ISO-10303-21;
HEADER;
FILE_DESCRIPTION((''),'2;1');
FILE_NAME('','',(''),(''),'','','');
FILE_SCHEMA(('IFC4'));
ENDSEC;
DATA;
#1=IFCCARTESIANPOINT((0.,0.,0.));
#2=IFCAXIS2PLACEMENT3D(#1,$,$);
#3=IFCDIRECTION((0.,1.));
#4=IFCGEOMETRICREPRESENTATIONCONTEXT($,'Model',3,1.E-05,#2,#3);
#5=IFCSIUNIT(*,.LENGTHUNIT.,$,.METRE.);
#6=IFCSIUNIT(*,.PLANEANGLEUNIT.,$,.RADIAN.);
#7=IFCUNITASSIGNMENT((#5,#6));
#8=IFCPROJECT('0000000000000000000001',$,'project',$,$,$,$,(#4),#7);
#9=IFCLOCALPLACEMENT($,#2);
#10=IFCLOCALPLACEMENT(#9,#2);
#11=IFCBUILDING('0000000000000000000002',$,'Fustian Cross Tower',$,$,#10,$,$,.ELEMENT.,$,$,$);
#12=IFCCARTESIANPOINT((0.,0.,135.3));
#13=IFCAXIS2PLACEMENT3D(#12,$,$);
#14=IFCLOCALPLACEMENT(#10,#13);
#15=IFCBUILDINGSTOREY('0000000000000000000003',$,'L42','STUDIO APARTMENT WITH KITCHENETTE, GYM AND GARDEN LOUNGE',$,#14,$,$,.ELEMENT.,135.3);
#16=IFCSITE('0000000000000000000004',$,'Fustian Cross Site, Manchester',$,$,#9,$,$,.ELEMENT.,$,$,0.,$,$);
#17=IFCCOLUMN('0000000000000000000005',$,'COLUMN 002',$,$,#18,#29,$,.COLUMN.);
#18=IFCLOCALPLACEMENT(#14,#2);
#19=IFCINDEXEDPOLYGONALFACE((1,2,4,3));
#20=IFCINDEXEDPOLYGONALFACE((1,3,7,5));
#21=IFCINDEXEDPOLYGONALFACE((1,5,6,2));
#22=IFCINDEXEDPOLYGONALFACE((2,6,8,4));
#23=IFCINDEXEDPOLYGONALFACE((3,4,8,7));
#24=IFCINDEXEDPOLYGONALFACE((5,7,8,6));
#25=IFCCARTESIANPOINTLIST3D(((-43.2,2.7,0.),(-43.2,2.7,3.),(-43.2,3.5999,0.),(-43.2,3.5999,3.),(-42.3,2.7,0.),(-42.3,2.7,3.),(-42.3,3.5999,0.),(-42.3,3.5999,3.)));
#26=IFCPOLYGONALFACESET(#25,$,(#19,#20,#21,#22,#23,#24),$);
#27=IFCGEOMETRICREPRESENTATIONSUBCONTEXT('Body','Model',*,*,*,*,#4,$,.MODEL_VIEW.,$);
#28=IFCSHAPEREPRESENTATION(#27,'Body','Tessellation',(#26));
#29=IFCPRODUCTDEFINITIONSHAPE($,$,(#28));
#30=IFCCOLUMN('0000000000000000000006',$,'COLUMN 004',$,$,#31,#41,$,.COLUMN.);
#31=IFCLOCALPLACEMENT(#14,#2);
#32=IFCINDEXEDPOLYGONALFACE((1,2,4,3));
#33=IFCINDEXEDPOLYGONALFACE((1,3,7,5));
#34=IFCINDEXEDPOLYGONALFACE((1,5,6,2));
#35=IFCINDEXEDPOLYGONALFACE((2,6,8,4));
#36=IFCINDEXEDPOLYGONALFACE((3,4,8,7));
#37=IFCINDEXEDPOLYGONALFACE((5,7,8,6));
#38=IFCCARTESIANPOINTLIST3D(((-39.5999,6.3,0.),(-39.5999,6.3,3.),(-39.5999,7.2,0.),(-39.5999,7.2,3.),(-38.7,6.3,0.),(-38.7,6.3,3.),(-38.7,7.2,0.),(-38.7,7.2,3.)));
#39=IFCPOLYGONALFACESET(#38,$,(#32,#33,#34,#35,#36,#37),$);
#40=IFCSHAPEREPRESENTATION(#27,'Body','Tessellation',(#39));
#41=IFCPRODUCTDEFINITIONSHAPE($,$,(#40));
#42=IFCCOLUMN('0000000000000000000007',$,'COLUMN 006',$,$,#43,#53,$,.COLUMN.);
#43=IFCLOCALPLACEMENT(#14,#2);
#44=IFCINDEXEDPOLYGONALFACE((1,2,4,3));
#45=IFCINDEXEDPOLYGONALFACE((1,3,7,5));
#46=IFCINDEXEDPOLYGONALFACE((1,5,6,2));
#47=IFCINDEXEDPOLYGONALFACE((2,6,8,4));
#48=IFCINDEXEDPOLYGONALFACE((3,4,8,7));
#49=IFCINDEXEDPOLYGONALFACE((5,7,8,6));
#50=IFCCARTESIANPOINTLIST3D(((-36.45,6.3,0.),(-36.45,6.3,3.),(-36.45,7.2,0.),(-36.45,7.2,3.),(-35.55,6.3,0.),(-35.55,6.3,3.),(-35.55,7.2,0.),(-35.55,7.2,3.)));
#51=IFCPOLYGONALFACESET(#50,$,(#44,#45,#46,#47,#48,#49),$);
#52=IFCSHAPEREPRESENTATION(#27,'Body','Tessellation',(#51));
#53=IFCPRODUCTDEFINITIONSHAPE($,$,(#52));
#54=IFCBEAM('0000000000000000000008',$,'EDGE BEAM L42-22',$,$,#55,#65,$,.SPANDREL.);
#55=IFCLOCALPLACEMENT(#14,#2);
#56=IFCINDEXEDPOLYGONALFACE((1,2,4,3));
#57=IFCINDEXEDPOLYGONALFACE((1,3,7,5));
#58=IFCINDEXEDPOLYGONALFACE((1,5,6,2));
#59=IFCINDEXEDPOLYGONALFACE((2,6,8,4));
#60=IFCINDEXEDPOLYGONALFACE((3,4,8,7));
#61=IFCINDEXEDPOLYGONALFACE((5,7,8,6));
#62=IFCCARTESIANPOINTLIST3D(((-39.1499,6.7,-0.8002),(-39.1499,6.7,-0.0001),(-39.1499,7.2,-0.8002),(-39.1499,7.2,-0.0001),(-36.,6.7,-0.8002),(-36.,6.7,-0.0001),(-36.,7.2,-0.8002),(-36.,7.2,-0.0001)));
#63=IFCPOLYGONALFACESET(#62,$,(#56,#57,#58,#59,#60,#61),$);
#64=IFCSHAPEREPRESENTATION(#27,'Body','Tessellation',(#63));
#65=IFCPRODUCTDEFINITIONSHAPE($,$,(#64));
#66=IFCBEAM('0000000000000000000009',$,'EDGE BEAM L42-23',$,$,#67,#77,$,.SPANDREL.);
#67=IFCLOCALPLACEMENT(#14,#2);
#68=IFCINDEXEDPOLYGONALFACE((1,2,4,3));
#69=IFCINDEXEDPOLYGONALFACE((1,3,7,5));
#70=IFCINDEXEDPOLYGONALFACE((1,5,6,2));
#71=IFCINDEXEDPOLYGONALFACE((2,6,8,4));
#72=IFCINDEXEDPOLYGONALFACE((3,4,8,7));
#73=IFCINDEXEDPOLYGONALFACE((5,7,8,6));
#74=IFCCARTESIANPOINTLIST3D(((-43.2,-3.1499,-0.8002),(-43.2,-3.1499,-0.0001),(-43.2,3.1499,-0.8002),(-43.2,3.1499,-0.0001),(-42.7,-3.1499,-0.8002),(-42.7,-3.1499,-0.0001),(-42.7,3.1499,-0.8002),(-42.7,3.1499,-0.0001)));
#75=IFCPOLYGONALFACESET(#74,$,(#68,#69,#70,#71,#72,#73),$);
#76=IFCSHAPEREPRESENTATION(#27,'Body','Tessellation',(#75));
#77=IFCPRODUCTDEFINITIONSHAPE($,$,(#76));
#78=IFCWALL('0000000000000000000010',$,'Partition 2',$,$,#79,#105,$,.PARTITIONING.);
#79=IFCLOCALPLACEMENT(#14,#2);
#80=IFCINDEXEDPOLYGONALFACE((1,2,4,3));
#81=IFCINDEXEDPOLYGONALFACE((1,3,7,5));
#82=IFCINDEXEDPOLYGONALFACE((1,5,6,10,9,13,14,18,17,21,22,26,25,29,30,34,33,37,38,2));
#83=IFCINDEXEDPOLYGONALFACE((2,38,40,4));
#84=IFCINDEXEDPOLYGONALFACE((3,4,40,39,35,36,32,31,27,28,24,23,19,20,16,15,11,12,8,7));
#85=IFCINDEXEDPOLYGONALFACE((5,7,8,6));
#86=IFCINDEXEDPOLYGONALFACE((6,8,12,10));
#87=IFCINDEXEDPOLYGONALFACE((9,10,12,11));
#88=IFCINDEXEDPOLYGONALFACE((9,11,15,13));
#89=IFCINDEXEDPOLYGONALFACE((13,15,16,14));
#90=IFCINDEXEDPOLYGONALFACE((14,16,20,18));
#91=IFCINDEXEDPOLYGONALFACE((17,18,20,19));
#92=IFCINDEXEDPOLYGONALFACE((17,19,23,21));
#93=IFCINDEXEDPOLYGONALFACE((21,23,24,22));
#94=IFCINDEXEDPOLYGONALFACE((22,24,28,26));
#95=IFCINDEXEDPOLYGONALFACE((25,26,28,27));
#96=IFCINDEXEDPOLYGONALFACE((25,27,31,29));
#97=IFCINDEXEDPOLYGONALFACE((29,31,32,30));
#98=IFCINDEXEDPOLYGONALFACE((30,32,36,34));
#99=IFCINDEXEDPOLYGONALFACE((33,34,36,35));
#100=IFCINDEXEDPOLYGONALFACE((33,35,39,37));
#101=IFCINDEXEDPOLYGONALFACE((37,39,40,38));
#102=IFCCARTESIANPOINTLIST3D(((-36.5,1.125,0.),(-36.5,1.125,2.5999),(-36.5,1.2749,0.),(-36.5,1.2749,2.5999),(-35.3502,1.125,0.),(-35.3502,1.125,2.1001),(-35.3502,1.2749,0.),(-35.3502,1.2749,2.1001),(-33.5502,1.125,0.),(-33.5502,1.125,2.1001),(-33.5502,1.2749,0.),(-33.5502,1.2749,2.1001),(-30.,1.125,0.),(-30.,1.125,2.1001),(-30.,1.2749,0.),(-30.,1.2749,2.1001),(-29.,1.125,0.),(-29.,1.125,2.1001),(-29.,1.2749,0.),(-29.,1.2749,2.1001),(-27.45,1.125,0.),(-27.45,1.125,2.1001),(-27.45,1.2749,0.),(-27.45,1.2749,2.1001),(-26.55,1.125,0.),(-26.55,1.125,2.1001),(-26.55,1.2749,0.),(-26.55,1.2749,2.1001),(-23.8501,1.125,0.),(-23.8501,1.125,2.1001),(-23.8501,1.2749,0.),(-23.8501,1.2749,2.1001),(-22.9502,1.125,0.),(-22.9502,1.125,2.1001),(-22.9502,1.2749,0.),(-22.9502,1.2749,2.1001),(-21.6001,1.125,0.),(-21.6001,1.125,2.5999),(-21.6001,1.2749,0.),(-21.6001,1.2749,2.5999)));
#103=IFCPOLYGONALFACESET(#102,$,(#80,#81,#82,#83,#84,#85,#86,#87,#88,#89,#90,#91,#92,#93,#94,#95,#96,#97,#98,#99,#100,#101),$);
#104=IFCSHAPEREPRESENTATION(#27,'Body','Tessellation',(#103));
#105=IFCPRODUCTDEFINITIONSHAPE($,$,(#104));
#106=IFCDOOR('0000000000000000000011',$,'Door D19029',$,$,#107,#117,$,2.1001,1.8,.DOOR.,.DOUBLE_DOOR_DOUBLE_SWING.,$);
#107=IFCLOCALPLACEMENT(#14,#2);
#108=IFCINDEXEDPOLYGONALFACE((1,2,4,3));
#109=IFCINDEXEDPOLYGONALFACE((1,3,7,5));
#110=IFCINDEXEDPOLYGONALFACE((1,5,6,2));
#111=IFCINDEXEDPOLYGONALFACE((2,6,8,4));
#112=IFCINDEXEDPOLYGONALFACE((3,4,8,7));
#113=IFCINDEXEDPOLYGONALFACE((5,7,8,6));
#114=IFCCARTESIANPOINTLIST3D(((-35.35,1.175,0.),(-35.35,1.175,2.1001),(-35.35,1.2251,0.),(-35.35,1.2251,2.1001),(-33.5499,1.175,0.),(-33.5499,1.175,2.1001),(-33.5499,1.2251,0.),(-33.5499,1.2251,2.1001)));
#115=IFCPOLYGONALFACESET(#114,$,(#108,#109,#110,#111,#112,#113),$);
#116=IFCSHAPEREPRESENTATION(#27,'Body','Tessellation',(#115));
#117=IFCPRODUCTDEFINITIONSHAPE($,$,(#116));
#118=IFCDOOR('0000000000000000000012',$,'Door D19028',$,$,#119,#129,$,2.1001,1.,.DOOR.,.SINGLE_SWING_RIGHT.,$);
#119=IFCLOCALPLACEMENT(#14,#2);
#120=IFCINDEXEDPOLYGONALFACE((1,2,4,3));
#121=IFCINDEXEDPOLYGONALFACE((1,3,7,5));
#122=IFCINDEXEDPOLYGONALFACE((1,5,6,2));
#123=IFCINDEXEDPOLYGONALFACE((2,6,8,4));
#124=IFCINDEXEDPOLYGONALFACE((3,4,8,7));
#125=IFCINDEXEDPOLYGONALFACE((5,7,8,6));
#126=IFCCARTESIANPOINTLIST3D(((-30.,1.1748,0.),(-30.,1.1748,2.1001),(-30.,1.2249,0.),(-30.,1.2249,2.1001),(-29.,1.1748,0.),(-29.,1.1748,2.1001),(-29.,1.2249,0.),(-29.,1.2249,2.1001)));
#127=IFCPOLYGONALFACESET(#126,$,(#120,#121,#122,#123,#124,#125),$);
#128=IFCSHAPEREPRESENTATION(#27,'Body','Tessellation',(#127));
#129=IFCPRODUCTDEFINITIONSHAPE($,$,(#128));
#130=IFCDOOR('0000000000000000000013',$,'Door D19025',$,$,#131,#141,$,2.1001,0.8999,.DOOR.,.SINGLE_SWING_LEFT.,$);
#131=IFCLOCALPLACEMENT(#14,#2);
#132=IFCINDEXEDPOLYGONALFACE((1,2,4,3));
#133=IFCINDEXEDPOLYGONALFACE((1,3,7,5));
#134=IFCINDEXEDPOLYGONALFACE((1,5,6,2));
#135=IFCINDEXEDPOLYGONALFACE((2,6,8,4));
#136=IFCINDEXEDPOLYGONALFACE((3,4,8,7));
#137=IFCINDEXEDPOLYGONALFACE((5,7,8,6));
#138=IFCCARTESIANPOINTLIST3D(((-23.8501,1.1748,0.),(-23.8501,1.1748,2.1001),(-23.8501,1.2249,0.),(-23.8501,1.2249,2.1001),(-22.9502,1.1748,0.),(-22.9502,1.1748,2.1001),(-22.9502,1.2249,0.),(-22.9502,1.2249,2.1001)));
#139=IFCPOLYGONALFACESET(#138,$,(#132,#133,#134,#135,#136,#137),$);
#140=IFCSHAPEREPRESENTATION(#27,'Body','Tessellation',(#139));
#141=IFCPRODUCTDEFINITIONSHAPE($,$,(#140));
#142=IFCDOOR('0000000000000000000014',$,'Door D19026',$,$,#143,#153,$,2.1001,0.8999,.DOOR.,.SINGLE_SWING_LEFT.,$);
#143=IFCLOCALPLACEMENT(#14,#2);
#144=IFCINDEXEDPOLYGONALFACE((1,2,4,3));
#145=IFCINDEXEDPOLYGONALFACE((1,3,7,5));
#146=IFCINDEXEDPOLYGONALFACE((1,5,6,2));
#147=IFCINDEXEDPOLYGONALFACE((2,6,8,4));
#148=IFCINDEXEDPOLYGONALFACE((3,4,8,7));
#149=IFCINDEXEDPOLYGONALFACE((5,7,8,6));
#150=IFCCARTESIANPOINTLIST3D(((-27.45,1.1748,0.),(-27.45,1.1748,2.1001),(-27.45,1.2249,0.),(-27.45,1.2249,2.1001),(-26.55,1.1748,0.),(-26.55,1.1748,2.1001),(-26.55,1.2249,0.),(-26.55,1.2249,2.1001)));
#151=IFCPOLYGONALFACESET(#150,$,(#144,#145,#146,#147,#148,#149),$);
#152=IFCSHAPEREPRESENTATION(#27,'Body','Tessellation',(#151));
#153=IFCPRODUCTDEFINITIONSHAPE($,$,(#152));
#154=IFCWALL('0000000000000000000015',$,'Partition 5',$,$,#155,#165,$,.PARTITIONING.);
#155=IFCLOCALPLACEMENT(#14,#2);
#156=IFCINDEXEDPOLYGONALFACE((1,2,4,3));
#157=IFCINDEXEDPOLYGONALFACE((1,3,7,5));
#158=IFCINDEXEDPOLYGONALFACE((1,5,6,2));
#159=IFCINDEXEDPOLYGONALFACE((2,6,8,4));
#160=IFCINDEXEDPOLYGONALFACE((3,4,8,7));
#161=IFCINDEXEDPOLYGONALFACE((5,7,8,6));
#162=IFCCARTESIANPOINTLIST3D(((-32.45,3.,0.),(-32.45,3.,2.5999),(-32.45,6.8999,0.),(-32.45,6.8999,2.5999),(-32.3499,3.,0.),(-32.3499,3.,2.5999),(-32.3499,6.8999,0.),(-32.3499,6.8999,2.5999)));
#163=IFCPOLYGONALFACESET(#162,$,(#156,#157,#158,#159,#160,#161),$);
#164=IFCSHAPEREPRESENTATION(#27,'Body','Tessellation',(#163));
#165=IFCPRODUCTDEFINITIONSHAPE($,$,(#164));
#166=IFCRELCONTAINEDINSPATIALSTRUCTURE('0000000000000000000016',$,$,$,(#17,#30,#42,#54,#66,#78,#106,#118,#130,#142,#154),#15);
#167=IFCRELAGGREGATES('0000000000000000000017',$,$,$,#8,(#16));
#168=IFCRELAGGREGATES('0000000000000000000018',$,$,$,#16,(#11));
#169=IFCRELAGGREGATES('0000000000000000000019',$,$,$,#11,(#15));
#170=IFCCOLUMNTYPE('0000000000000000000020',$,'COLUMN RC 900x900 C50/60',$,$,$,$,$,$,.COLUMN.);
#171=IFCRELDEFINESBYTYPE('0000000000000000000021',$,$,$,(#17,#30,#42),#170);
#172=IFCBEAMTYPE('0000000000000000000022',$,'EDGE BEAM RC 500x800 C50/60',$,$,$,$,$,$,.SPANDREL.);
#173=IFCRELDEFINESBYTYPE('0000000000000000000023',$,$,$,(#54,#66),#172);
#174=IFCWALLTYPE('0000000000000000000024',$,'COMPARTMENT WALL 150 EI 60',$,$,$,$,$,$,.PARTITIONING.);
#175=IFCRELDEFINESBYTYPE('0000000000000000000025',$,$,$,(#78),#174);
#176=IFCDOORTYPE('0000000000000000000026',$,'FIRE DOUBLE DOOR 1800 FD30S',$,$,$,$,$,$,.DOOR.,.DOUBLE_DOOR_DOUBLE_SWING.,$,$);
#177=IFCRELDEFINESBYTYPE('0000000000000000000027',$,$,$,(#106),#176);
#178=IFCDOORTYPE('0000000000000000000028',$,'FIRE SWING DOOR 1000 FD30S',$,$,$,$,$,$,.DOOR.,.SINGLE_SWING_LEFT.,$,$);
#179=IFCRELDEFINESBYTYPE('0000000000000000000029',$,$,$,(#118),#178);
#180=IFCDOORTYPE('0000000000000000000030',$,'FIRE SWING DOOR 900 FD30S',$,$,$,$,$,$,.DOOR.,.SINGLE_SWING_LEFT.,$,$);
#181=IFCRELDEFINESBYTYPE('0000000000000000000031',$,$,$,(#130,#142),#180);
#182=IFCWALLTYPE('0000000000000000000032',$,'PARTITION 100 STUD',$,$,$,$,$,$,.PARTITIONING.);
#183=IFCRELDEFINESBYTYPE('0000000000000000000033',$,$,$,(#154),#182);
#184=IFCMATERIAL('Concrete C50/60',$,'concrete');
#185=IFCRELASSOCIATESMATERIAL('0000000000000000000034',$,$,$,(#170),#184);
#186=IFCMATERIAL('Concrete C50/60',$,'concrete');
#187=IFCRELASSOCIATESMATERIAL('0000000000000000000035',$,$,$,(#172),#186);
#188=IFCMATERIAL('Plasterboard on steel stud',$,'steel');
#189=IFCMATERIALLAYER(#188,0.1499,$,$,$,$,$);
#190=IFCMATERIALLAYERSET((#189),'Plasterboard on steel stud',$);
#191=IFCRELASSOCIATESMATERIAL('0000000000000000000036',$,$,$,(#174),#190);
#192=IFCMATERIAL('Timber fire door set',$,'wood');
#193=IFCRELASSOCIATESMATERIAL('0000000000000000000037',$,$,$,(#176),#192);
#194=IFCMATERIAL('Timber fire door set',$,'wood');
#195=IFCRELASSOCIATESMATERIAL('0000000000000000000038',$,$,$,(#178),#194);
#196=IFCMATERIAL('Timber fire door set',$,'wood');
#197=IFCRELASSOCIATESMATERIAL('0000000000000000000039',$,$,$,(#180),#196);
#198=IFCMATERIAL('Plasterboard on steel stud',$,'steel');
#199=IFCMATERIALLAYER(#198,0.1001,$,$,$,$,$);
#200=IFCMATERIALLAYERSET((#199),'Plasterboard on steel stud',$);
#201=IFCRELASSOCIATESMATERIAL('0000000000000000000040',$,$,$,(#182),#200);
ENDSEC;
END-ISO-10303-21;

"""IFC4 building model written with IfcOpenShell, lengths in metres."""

from ifc_helpers import new_model, si_unit, direction, frame, frame_2d, origin, origin_2d, place, context, subcontext, project, spatial, rectangle, extrude, material, layer, layer_set, material_profile, profile_set, type_object, element, fill, save


model = new_model("IFC4")

# Units and contexts
model_context = context("Model", 3, precision=1e-05, world=origin(), true_north=direction((0.0, 1.0)))
body_context = subcontext(model_context, "Body", "Model", "MODEL_VIEW")
ifc_project = project(units=[si_unit("LENGTHUNIT", "METRE"), si_unit("PLANEANGLEUNIT", "RADIAN")], contexts=[model_context])

# Site, building, storey
site_placement = place(None, origin())
site = spatial("IfcSite", under=ifc_project, at=site_placement, Name="Fustian Cross Site, Manchester", CompositionType="ELEMENT", RefElevation=0.0)
building_placement = place(site_placement, origin())
building = spatial("IfcBuilding", under=site, at=building_placement, Name="Fustian Cross Tower", CompositionType="ELEMENT")
storey_placement = place(building_placement, frame((0.0, 0.0, 135.3)))
storey = spatial("IfcBuildingStorey", under=building, at=storey_placement, Name="L42", Description="STUDIO APARTMENT WITH KITCHENETTE, GYM AND GARDEN LOUNGE", CompositionType="ELEMENT", Elevation=135.3)

# Columns
ifc_material_1 = material(Name="Concrete C50/60", Category="concrete")
ifc_material_profile_1 = material_profile(ifc_material_1, rectangle(XDim=0.8999, YDim=0.8999, at=origin_2d()), Name="RC 900x900")
ifc_profile_set_1 = profile_set([ifc_material_profile_1], Name="Concrete C50/60")
column_type = type_object("IfcColumnType", Name="COLUMN RC 900x900 C50/60", PredefinedType="COLUMN", material=ifc_profile_set_1)
for number, where, z_axis, x_axis, name in (
    (1, (-42.75, 3.1499, 0.0), (0.0, 0.0, 1.0), (1.0, 0.0, 0.0), "COLUMN 002"),
    (2, (-39.1499, 6.75, 0.0), (0.0, 0.0, 1.0), (1.0, 0.0, 0.0), "COLUMN 004"),
    (3, (-36.0, 6.75, 0.0), (0.0, 0.0, 1.0), (1.0, 0.0, 0.0), "COLUMN 006"),
):
    element("IfcColumn", number, at=place(storey_placement, frame(where, z_axis=z_axis, x_axis=x_axis)), inside=storey, type_object=column_type, Name=name, PredefinedType="COLUMN", context=body_context, shape_type="SweptSolid", body=[
        extrude(rectangle(XDim=0.8999, YDim=0.8999, at=origin_2d()), origin(), (0.0, 0.0, 1.0), 3.0),
    ])

# Beams
ifc_material_2 = material(Name="Concrete C50/60", Category="concrete")
ifc_material_profile_2 = material_profile(ifc_material_2, rectangle(XDim=0.5, YDim=0.8, at=origin_2d()), Name="RC 500x800")
ifc_profile_set_2 = profile_set([ifc_material_profile_2], Name="Concrete C50/60")
beam_type = type_object("IfcBeamType", Name="EDGE BEAM RC 500x800 C50/60", PredefinedType="SPANDREL", material=ifc_profile_set_2)
beam_1_placement = place(storey_placement, frame((-36.0, 6.95, -0.4001), z_axis=(-1.0, 0.0, 0.0), x_axis=(0.0, -1.0, 0.0)))
element("IfcBeam", 4, at=beam_1_placement, inside=storey, type_object=beam_type, Name="EDGE BEAM L42-22", PredefinedType="SPANDREL", context=body_context, shape_type="SweptSolid", body=[
    extrude(rectangle(XDim=0.5, YDim=0.8, at=origin_2d()), origin(), (0.0, 0.0, 1.0), 3.1499),
])
beam_2_placement = place(storey_placement, frame((-42.95, 3.1499, -0.4001), z_axis=(0.0, -1.0, 0.0), x_axis=(1.0, 0.0, 0.0)))
element("IfcBeam", 5, at=beam_2_placement, inside=storey, type_object=beam_type, Name="EDGE BEAM L42-23", PredefinedType="SPANDREL", context=body_context, shape_type="SweptSolid", body=[
    extrude(rectangle(XDim=0.5, YDim=0.8, at=origin_2d()), origin(), (0.0, 0.0, 1.0), 6.2998),
])

# Wall, openings, doors
ifc_material_3 = material(Name="Plasterboard on steel stud", Category="steel")
ifc_layer_1 = layer(ifc_material_3, 0.1499)
ifc_layer_set_1 = layer_set([ifc_layer_1], Name="Plasterboard on steel stud")
wall_type_1 = type_object("IfcWallType", Name="COMPARTMENT WALL 150 EI 60", PredefinedType="PARTITIONING", material=ifc_layer_set_1)
wall_1_placement = place(storey_placement, frame((-36.5, 1.2, 0.0), z_axis=(0.0, 0.0, 1.0), x_axis=(1.0, 0.0, 0.0)))
wall_1 = element("IfcWall", 6, at=wall_1_placement, inside=storey, type_object=wall_type_1, Name="Partition 2", PredefinedType="PARTITIONING", context=body_context, shape_type="SweptSolid", body=[
    extrude(rectangle(XDim=14.8999, YDim=0.1499, at=frame_2d((7.45, 0.0))), origin(), (0.0, 0.0, 1.0), 2.5999),
])
opening_1_placement = place(wall_1_placement, frame((12.6499, 0.0, 0.0)))
opening_1 = element("IfcOpeningElement", 7, at=opening_1_placement, cuts=wall_1, PredefinedType="OPENING", context=body_context, shape_type="SweptSolid", body=[
    extrude(rectangle(XDim=0.8999, YDim=2.1001, at=frame_2d((0.45, 1.05))), frame((0.0, 0.085, 0.0), z_axis=(0.0, -1.0, 0.0), x_axis=(1.0, 0.0, 0.0)), (0.0, 0.0, 1.0), 0.1699),
])
opening_2_placement = place(wall_1_placement, frame((9.05, 0.0, 0.0)))
opening_2 = element("IfcOpeningElement", 8, at=opening_2_placement, cuts=wall_1, PredefinedType="OPENING", context=body_context, shape_type="SweptSolid", body=[
    extrude(rectangle(XDim=0.8999, YDim=2.1001, at=frame_2d((0.45, 1.05))), frame((0.0, 0.085, 0.0), z_axis=(0.0, -1.0, 0.0), x_axis=(1.0, 0.0, 0.0)), (0.0, 0.0, 1.0), 0.1699),
])
opening_3_placement = place(wall_1_placement, frame((6.5, 0.0, 0.0)))
opening_3 = element("IfcOpeningElement", 9, at=opening_3_placement, cuts=wall_1, PredefinedType="OPENING", context=body_context, shape_type="SweptSolid", body=[
    extrude(rectangle(XDim=1.0, YDim=2.1001, at=frame_2d((0.5, 1.05))), frame((0.0, 0.085, 0.0), z_axis=(0.0, -1.0, 0.0), x_axis=(1.0, 0.0, 0.0)), (0.0, 0.0, 1.0), 0.1699),
])
opening_4_placement = place(wall_1_placement, frame((1.1499, 0.0, 0.0)))
opening_4 = element("IfcOpeningElement", 10, at=opening_4_placement, cuts=wall_1, PredefinedType="OPENING", context=body_context, shape_type="SweptSolid", body=[
    extrude(rectangle(XDim=1.8, YDim=2.1001, at=frame_2d((0.8999, 1.05))), frame((0.0, 0.085, 0.0), z_axis=(0.0, -1.0, 0.0), x_axis=(1.0, 0.0, 0.0)), (0.0, 0.0, 1.0), 0.1699),
])
ifc_material_4 = material(Name="Timber fire door set", Category="wood")
door_type_1 = type_object("IfcDoorType", Name="FIRE DOUBLE DOOR 1800 FD30S", OperationType="DOUBLE_DOOR_DOUBLE_SWING", PredefinedType="DOOR", material=ifc_material_4)
door_1_placement = place(opening_4_placement, frame((1.8, 0.0, 0.0), z_axis=(0.0, 0.0, 1.0), x_axis=(-1.0, 0.0, 0.0)))
door_1 = element("IfcDoor", 11, at=door_1_placement, inside=storey, type_object=door_type_1, Name="Door D19029", OperationType="DOUBLE_DOOR_DOUBLE_SWING", OverallHeight=2.1001, OverallWidth=1.8, PredefinedType="DOOR", context=body_context, shape_type="SweptSolid", body=[
    extrude(rectangle(XDim=1.8, YDim=2.1001, at=frame_2d((0.8999, 1.05))), frame((0.0, 0.0249, 0.0), z_axis=(0.0, -1.0, 0.0), x_axis=(1.0, 0.0, 0.0)), (0.0, 0.0, 1.0), 0.05),
])
fill(opening_4, door_1)
ifc_material_5 = material(Name="Timber fire door set", Category="wood")
door_type_2 = type_object("IfcDoorType", Name="FIRE SWING DOOR 1000 FD30S", OperationType="SINGLE_SWING_LEFT", PredefinedType="DOOR", material=ifc_material_5)
door_2_placement = place(opening_3_placement, origin())
door_2 = element("IfcDoor", 12, at=door_2_placement, inside=storey, type_object=door_type_2, Name="Door D19028", OperationType="SINGLE_SWING_RIGHT", OverallHeight=2.1001, OverallWidth=1.0, PredefinedType="DOOR", context=body_context, shape_type="SweptSolid", body=[
    extrude(rectangle(XDim=1.0, YDim=2.1001, at=frame_2d((0.5, 1.05))), frame((0.0, 0.0249, 0.0), z_axis=(0.0, -1.0, 0.0), x_axis=(1.0, 0.0, 0.0)), (0.0, 0.0, 1.0), 0.05),
])
fill(opening_3, door_2)
ifc_material_6 = material(Name="Timber fire door set", Category="wood")
door_type_3 = type_object("IfcDoorType", Name="FIRE SWING DOOR 900 FD30S", OperationType="SINGLE_SWING_LEFT", PredefinedType="DOOR", material=ifc_material_6)
door_3_placement = place(opening_1_placement, origin())
door_3 = element("IfcDoor", 13, at=door_3_placement, inside=storey, type_object=door_type_3, Name="Door D19025", OperationType="SINGLE_SWING_LEFT", OverallHeight=2.1001, OverallWidth=0.8999, PredefinedType="DOOR", context=body_context, shape_type="SweptSolid", body=[
    extrude(rectangle(XDim=0.8999, YDim=2.1001, at=frame_2d((0.45, 1.05))), frame((0.0, 0.0249, 0.0), z_axis=(0.0, -1.0, 0.0), x_axis=(1.0, 0.0, 0.0)), (0.0, 0.0, 1.0), 0.05),
])
fill(opening_1, door_3)
door_4_placement = place(opening_2_placement, origin())
door_4 = element("IfcDoor", 14, at=door_4_placement, inside=storey, type_object=door_type_3, Name="Door D19026", OperationType="SINGLE_SWING_LEFT", OverallHeight=2.1001, OverallWidth=0.8999, PredefinedType="DOOR", context=body_context, shape_type="SweptSolid", body=[
    extrude(rectangle(XDim=0.8999, YDim=2.1001, at=frame_2d((0.45, 1.05))), frame((0.0, 0.0249, 0.0), z_axis=(0.0, -1.0, 0.0), x_axis=(1.0, 0.0, 0.0)), (0.0, 0.0, 1.0), 0.05),
])
fill(opening_2, door_4)

# Wall
ifc_material_7 = material(Name="Plasterboard on steel stud", Category="steel")
ifc_layer_2 = layer(ifc_material_7, 0.1001)
ifc_layer_set_2 = layer_set([ifc_layer_2], Name="Plasterboard on steel stud")
wall_type_2 = type_object("IfcWallType", Name="PARTITION 100 STUD", PredefinedType="PARTITIONING", material=ifc_layer_set_2)
wall_2_placement = place(storey_placement, frame((-32.3999, 3.0, 0.0), z_axis=(0.0, 0.0, 1.0), x_axis=(0.0, 1.0, 0.0)))
element("IfcWall", 15, at=wall_2_placement, inside=storey, type_object=wall_type_2, Name="Partition 5", PredefinedType="PARTITIONING", context=body_context, shape_type="SweptSolid", body=[
    extrude(rectangle(XDim=3.8999, YDim=0.1001, at=frame_2d((1.95, 0.0))), origin(), (0.0, 0.0, 1.0), 2.5999),
])

save(model, "model.ifc")
